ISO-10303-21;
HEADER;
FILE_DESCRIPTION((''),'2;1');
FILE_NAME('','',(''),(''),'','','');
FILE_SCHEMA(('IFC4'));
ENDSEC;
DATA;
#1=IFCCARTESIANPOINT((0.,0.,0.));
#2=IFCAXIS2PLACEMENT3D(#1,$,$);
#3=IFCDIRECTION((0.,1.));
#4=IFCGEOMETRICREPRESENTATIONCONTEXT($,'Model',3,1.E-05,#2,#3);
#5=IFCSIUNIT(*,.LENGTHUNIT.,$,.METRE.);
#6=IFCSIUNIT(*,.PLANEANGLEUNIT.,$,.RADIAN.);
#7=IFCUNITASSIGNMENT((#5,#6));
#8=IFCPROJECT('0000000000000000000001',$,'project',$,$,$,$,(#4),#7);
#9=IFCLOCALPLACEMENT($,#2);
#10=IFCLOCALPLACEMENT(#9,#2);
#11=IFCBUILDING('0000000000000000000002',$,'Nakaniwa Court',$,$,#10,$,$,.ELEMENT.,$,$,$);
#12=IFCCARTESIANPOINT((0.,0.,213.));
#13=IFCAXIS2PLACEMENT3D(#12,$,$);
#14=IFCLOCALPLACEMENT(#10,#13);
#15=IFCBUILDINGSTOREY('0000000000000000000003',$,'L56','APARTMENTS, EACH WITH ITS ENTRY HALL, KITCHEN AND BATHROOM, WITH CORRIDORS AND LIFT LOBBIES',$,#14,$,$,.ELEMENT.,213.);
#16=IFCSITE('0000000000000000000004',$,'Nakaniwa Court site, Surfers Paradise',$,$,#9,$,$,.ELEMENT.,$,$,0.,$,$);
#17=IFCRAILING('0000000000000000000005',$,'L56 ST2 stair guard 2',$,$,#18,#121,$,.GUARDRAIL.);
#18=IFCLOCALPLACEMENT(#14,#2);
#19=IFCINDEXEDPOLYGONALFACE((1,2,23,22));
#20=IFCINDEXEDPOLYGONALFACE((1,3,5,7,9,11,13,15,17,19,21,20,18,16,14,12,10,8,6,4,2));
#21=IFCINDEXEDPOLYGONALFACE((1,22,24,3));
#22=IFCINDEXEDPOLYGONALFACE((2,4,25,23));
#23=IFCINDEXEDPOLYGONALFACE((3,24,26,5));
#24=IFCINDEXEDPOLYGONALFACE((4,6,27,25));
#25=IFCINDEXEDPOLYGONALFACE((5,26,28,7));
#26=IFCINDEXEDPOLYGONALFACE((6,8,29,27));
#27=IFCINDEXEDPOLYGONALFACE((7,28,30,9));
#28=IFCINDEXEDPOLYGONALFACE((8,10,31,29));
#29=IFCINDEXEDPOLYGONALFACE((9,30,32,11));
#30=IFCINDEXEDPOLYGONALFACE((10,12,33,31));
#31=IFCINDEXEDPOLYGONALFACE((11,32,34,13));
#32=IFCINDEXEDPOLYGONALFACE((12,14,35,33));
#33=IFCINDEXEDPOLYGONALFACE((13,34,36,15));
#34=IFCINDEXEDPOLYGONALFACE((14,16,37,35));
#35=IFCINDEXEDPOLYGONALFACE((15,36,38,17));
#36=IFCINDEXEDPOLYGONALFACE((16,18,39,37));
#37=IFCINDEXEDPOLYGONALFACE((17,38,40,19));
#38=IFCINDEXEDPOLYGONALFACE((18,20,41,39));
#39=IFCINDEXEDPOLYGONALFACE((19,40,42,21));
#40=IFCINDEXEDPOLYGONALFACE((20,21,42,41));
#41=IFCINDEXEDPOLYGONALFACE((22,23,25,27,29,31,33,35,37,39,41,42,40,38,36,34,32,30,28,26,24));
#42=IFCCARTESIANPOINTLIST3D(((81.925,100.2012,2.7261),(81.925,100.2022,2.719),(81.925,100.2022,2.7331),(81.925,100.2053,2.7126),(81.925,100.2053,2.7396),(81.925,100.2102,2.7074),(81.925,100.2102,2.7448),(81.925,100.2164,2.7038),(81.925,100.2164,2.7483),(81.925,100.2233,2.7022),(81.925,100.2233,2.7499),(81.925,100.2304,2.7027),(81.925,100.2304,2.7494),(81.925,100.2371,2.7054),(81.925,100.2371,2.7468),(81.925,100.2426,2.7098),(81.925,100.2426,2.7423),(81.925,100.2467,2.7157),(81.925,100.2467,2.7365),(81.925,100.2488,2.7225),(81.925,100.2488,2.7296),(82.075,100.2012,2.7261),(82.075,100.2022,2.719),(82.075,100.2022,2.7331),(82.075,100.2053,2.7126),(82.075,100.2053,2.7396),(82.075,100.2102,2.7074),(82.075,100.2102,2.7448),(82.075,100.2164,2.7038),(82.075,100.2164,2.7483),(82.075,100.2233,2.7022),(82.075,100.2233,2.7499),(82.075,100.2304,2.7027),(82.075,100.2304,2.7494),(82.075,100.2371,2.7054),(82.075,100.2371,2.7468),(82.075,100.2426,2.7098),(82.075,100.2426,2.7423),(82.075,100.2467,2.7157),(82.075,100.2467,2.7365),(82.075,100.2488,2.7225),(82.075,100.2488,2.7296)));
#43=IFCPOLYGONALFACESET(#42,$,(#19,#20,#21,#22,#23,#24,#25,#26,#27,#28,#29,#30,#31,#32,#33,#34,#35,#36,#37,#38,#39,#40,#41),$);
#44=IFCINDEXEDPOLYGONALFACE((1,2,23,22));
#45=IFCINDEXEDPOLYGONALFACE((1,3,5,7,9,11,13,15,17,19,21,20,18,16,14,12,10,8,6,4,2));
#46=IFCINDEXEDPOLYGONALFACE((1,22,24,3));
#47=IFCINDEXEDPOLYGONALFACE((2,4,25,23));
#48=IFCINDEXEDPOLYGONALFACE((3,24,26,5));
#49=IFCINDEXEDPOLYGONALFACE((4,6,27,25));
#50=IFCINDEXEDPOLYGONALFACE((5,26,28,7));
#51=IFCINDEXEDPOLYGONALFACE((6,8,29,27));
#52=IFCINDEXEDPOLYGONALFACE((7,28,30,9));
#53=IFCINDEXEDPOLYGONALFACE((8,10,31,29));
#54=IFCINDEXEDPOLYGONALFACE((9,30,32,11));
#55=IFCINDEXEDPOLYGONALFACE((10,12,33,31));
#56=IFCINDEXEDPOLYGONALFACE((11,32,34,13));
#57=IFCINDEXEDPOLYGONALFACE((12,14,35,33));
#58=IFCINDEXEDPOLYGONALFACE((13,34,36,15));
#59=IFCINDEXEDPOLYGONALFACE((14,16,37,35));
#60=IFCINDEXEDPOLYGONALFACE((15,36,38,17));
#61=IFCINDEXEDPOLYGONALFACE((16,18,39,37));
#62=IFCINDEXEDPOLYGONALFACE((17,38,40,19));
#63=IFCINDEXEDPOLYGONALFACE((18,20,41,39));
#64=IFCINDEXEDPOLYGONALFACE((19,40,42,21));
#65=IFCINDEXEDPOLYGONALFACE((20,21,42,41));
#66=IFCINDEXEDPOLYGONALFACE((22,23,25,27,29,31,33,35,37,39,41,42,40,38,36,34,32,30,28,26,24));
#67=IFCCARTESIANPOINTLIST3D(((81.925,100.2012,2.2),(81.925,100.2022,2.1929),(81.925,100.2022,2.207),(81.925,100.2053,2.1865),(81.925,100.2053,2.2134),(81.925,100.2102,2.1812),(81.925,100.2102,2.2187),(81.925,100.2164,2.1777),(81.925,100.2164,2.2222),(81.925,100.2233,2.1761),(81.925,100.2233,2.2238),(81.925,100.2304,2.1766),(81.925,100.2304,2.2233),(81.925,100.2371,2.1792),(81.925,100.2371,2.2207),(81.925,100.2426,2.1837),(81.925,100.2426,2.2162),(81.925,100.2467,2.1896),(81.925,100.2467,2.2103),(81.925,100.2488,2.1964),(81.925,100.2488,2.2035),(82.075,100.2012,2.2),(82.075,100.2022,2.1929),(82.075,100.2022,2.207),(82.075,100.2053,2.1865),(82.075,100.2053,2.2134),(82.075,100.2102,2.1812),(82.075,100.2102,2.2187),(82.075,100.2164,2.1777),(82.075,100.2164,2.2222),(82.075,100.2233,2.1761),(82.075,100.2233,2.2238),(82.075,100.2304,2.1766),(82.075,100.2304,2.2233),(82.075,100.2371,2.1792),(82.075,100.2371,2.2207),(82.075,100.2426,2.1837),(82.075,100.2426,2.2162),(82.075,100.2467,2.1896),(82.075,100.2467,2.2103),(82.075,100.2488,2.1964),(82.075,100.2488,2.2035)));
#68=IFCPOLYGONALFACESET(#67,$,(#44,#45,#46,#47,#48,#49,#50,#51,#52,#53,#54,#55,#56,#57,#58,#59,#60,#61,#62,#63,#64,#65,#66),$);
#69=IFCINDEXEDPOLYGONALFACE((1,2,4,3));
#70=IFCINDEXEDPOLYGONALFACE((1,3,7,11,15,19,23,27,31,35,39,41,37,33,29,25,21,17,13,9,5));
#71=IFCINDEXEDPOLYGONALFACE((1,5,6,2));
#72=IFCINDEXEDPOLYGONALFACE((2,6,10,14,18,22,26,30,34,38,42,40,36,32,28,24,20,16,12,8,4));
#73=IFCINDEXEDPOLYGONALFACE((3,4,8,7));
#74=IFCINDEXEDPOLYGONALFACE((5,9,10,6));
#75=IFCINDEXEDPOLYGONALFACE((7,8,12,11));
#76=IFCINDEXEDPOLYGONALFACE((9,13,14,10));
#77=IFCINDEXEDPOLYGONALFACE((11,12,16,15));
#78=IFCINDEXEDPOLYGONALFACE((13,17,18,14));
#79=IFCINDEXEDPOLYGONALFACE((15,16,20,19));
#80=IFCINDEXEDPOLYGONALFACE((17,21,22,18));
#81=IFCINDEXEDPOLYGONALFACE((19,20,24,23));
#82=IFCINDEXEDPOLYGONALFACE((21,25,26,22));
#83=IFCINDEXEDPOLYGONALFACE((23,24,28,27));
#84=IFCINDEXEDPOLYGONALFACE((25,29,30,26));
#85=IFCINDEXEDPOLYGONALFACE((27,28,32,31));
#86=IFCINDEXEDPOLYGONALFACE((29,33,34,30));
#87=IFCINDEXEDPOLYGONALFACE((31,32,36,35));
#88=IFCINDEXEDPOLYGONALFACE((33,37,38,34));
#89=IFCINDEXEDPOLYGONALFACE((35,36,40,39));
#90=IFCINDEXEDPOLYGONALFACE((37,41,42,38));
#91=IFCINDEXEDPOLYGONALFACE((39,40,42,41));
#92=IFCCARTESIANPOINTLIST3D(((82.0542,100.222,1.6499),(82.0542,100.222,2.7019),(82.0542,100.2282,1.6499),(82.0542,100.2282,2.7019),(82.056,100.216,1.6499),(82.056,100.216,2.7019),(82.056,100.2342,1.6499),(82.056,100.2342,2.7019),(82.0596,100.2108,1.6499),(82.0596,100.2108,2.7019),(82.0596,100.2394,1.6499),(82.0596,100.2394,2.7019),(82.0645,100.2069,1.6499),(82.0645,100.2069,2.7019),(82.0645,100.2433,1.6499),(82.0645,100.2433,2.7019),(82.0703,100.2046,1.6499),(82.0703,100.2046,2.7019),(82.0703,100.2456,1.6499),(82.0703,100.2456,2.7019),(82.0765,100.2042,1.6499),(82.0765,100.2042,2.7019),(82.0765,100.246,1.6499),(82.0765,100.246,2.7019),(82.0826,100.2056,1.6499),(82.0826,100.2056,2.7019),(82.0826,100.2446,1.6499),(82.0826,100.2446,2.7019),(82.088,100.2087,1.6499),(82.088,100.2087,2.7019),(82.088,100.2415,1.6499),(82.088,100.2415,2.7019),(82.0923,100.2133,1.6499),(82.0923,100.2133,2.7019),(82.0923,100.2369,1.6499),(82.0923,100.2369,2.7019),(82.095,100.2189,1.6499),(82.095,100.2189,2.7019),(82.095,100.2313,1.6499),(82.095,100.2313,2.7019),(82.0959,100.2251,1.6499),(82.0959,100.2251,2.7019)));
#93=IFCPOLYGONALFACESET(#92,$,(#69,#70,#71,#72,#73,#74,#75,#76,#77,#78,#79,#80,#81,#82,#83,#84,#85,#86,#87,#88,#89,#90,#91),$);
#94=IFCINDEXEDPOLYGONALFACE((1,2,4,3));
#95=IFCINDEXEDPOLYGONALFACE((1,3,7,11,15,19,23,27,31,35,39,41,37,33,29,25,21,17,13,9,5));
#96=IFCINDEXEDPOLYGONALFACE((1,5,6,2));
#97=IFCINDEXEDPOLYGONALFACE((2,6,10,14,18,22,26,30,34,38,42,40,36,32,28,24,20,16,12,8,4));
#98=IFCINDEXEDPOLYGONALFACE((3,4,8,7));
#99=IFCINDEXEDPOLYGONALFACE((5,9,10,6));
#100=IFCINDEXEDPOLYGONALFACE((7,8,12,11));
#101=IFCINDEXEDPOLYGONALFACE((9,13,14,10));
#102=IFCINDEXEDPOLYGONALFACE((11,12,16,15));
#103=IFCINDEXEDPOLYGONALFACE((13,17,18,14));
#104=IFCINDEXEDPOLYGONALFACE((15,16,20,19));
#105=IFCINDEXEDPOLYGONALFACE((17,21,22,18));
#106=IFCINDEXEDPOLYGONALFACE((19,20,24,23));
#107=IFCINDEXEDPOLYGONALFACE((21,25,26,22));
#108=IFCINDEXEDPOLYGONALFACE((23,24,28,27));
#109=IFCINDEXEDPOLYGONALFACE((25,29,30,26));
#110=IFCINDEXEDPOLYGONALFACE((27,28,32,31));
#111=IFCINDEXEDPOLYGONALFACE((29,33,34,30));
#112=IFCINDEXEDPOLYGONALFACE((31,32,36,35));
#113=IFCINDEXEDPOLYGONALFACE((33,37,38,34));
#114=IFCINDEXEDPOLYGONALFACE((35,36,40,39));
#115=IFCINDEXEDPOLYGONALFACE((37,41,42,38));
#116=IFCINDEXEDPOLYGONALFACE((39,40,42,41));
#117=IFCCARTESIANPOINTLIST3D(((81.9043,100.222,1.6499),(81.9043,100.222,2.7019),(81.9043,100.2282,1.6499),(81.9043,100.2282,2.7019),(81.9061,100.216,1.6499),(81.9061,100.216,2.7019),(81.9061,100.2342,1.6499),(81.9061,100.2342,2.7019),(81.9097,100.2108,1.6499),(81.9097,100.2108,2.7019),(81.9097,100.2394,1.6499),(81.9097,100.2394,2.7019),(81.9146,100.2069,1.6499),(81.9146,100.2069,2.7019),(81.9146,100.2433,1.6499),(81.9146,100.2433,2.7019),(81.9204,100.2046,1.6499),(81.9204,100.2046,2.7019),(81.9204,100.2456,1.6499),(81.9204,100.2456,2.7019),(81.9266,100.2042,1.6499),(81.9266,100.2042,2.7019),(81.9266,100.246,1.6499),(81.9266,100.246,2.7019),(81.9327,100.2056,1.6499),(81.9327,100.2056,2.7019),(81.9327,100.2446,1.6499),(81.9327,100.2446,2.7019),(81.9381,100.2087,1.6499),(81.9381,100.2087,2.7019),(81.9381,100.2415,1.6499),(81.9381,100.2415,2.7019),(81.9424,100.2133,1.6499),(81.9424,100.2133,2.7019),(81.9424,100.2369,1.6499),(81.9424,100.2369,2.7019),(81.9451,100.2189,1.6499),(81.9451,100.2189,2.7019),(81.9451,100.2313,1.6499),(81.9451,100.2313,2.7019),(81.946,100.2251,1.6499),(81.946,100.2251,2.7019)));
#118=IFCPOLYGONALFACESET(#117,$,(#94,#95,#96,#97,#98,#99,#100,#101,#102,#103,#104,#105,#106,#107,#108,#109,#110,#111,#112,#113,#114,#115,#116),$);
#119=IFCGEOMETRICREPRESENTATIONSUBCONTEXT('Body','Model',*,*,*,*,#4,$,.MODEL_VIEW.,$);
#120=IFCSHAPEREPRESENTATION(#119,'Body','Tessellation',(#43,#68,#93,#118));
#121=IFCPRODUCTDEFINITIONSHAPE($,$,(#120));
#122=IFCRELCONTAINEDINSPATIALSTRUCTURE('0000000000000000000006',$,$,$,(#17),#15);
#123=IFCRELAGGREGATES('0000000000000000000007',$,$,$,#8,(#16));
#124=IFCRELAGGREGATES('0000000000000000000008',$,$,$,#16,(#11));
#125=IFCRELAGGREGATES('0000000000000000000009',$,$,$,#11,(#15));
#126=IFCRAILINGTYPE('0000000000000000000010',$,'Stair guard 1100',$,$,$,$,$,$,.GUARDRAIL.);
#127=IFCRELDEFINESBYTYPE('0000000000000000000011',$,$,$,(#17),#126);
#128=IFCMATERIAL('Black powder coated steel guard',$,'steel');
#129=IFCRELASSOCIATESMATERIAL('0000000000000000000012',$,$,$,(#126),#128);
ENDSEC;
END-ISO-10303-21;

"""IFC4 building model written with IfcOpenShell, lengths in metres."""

from ifc_helpers import new_model, si_unit, direction, frame, origin, origin_2d, place, context, subcontext, project, spatial, circle, extrude, material, type_object, element, save


model = new_model("IFC4")

# Units and contexts
model_context = context("Model", 3, precision=1e-05, world=origin(), true_north=direction((0.0, 1.0)))
body_context = subcontext(model_context, "Body", "Model", "MODEL_VIEW")
ifc_project = project(units=[si_unit("LENGTHUNIT", "METRE"), si_unit("PLANEANGLEUNIT", "RADIAN")], contexts=[model_context])

# Site, building, storey
site_placement = place(None, origin())
site = spatial("IfcSite", under=ifc_project, at=site_placement, Name="Nakaniwa Court site, Surfers Paradise", CompositionType="ELEMENT", RefElevation=0.0)
building_placement = place(site_placement, origin())
building = spatial("IfcBuilding", under=site, at=building_placement, Name="Nakaniwa Court", CompositionType="ELEMENT")
storey_placement = place(building_placement, frame((0.0, 0.0, 213.0)))
storey = spatial("IfcBuildingStorey", under=building, at=storey_placement, Name="L56", Description="APARTMENTS, EACH WITH ITS ENTRY HALL, KITCHEN AND BATHROOM, WITH CORRIDORS AND LIFT LOBBIES", CompositionType="ELEMENT", Elevation=213.0)

# Railing
ifc_material_1 = material(Name="Black powder coated steel guard", Category="steel")
railing_type_1 = type_object("IfcRailingType", Name="Stair guard 1100", PredefinedType="GUARDRAIL", material=ifc_material_1)
railing_1_placement = place(storey_placement, frame((82.075, 100.2251, 1.6499)))
element("IfcRailing", 1, at=railing_1_placement, inside=storey, type_object=railing_type_1, Name="L56 ST2 stair guard 2", PredefinedType="GUARDRAIL", context=body_context, shape_type="SweptSolid", body=[
    extrude(circle(Radius=0.0239, at=origin_2d()), frame((0.0, 0.0, 1.0762), z_axis=(-1.0, 0.0, 0.0), x_axis=(0.0, -1.0, 0.0)), (0.0, 0.0, 1.0), 0.1499),
    extrude(circle(Radius=0.0239, at=origin_2d()), frame((0.0, 0.0, 0.55), z_axis=(-1.0, 0.0, 0.0), x_axis=(0.0, -1.0, 0.0)), (0.0, 0.0, 1.0), 0.1499),
    extrude(circle(Radius=0.021, at=origin_2d()), origin(), (0.0, 0.0, 1.0), 1.052),
    extrude(circle(Radius=0.021, at=origin_2d()), frame((-0.1499, 0.0, 0.0)), (0.0, 0.0, 1.0), 1.052),
])

save(model, "model.ifc")
